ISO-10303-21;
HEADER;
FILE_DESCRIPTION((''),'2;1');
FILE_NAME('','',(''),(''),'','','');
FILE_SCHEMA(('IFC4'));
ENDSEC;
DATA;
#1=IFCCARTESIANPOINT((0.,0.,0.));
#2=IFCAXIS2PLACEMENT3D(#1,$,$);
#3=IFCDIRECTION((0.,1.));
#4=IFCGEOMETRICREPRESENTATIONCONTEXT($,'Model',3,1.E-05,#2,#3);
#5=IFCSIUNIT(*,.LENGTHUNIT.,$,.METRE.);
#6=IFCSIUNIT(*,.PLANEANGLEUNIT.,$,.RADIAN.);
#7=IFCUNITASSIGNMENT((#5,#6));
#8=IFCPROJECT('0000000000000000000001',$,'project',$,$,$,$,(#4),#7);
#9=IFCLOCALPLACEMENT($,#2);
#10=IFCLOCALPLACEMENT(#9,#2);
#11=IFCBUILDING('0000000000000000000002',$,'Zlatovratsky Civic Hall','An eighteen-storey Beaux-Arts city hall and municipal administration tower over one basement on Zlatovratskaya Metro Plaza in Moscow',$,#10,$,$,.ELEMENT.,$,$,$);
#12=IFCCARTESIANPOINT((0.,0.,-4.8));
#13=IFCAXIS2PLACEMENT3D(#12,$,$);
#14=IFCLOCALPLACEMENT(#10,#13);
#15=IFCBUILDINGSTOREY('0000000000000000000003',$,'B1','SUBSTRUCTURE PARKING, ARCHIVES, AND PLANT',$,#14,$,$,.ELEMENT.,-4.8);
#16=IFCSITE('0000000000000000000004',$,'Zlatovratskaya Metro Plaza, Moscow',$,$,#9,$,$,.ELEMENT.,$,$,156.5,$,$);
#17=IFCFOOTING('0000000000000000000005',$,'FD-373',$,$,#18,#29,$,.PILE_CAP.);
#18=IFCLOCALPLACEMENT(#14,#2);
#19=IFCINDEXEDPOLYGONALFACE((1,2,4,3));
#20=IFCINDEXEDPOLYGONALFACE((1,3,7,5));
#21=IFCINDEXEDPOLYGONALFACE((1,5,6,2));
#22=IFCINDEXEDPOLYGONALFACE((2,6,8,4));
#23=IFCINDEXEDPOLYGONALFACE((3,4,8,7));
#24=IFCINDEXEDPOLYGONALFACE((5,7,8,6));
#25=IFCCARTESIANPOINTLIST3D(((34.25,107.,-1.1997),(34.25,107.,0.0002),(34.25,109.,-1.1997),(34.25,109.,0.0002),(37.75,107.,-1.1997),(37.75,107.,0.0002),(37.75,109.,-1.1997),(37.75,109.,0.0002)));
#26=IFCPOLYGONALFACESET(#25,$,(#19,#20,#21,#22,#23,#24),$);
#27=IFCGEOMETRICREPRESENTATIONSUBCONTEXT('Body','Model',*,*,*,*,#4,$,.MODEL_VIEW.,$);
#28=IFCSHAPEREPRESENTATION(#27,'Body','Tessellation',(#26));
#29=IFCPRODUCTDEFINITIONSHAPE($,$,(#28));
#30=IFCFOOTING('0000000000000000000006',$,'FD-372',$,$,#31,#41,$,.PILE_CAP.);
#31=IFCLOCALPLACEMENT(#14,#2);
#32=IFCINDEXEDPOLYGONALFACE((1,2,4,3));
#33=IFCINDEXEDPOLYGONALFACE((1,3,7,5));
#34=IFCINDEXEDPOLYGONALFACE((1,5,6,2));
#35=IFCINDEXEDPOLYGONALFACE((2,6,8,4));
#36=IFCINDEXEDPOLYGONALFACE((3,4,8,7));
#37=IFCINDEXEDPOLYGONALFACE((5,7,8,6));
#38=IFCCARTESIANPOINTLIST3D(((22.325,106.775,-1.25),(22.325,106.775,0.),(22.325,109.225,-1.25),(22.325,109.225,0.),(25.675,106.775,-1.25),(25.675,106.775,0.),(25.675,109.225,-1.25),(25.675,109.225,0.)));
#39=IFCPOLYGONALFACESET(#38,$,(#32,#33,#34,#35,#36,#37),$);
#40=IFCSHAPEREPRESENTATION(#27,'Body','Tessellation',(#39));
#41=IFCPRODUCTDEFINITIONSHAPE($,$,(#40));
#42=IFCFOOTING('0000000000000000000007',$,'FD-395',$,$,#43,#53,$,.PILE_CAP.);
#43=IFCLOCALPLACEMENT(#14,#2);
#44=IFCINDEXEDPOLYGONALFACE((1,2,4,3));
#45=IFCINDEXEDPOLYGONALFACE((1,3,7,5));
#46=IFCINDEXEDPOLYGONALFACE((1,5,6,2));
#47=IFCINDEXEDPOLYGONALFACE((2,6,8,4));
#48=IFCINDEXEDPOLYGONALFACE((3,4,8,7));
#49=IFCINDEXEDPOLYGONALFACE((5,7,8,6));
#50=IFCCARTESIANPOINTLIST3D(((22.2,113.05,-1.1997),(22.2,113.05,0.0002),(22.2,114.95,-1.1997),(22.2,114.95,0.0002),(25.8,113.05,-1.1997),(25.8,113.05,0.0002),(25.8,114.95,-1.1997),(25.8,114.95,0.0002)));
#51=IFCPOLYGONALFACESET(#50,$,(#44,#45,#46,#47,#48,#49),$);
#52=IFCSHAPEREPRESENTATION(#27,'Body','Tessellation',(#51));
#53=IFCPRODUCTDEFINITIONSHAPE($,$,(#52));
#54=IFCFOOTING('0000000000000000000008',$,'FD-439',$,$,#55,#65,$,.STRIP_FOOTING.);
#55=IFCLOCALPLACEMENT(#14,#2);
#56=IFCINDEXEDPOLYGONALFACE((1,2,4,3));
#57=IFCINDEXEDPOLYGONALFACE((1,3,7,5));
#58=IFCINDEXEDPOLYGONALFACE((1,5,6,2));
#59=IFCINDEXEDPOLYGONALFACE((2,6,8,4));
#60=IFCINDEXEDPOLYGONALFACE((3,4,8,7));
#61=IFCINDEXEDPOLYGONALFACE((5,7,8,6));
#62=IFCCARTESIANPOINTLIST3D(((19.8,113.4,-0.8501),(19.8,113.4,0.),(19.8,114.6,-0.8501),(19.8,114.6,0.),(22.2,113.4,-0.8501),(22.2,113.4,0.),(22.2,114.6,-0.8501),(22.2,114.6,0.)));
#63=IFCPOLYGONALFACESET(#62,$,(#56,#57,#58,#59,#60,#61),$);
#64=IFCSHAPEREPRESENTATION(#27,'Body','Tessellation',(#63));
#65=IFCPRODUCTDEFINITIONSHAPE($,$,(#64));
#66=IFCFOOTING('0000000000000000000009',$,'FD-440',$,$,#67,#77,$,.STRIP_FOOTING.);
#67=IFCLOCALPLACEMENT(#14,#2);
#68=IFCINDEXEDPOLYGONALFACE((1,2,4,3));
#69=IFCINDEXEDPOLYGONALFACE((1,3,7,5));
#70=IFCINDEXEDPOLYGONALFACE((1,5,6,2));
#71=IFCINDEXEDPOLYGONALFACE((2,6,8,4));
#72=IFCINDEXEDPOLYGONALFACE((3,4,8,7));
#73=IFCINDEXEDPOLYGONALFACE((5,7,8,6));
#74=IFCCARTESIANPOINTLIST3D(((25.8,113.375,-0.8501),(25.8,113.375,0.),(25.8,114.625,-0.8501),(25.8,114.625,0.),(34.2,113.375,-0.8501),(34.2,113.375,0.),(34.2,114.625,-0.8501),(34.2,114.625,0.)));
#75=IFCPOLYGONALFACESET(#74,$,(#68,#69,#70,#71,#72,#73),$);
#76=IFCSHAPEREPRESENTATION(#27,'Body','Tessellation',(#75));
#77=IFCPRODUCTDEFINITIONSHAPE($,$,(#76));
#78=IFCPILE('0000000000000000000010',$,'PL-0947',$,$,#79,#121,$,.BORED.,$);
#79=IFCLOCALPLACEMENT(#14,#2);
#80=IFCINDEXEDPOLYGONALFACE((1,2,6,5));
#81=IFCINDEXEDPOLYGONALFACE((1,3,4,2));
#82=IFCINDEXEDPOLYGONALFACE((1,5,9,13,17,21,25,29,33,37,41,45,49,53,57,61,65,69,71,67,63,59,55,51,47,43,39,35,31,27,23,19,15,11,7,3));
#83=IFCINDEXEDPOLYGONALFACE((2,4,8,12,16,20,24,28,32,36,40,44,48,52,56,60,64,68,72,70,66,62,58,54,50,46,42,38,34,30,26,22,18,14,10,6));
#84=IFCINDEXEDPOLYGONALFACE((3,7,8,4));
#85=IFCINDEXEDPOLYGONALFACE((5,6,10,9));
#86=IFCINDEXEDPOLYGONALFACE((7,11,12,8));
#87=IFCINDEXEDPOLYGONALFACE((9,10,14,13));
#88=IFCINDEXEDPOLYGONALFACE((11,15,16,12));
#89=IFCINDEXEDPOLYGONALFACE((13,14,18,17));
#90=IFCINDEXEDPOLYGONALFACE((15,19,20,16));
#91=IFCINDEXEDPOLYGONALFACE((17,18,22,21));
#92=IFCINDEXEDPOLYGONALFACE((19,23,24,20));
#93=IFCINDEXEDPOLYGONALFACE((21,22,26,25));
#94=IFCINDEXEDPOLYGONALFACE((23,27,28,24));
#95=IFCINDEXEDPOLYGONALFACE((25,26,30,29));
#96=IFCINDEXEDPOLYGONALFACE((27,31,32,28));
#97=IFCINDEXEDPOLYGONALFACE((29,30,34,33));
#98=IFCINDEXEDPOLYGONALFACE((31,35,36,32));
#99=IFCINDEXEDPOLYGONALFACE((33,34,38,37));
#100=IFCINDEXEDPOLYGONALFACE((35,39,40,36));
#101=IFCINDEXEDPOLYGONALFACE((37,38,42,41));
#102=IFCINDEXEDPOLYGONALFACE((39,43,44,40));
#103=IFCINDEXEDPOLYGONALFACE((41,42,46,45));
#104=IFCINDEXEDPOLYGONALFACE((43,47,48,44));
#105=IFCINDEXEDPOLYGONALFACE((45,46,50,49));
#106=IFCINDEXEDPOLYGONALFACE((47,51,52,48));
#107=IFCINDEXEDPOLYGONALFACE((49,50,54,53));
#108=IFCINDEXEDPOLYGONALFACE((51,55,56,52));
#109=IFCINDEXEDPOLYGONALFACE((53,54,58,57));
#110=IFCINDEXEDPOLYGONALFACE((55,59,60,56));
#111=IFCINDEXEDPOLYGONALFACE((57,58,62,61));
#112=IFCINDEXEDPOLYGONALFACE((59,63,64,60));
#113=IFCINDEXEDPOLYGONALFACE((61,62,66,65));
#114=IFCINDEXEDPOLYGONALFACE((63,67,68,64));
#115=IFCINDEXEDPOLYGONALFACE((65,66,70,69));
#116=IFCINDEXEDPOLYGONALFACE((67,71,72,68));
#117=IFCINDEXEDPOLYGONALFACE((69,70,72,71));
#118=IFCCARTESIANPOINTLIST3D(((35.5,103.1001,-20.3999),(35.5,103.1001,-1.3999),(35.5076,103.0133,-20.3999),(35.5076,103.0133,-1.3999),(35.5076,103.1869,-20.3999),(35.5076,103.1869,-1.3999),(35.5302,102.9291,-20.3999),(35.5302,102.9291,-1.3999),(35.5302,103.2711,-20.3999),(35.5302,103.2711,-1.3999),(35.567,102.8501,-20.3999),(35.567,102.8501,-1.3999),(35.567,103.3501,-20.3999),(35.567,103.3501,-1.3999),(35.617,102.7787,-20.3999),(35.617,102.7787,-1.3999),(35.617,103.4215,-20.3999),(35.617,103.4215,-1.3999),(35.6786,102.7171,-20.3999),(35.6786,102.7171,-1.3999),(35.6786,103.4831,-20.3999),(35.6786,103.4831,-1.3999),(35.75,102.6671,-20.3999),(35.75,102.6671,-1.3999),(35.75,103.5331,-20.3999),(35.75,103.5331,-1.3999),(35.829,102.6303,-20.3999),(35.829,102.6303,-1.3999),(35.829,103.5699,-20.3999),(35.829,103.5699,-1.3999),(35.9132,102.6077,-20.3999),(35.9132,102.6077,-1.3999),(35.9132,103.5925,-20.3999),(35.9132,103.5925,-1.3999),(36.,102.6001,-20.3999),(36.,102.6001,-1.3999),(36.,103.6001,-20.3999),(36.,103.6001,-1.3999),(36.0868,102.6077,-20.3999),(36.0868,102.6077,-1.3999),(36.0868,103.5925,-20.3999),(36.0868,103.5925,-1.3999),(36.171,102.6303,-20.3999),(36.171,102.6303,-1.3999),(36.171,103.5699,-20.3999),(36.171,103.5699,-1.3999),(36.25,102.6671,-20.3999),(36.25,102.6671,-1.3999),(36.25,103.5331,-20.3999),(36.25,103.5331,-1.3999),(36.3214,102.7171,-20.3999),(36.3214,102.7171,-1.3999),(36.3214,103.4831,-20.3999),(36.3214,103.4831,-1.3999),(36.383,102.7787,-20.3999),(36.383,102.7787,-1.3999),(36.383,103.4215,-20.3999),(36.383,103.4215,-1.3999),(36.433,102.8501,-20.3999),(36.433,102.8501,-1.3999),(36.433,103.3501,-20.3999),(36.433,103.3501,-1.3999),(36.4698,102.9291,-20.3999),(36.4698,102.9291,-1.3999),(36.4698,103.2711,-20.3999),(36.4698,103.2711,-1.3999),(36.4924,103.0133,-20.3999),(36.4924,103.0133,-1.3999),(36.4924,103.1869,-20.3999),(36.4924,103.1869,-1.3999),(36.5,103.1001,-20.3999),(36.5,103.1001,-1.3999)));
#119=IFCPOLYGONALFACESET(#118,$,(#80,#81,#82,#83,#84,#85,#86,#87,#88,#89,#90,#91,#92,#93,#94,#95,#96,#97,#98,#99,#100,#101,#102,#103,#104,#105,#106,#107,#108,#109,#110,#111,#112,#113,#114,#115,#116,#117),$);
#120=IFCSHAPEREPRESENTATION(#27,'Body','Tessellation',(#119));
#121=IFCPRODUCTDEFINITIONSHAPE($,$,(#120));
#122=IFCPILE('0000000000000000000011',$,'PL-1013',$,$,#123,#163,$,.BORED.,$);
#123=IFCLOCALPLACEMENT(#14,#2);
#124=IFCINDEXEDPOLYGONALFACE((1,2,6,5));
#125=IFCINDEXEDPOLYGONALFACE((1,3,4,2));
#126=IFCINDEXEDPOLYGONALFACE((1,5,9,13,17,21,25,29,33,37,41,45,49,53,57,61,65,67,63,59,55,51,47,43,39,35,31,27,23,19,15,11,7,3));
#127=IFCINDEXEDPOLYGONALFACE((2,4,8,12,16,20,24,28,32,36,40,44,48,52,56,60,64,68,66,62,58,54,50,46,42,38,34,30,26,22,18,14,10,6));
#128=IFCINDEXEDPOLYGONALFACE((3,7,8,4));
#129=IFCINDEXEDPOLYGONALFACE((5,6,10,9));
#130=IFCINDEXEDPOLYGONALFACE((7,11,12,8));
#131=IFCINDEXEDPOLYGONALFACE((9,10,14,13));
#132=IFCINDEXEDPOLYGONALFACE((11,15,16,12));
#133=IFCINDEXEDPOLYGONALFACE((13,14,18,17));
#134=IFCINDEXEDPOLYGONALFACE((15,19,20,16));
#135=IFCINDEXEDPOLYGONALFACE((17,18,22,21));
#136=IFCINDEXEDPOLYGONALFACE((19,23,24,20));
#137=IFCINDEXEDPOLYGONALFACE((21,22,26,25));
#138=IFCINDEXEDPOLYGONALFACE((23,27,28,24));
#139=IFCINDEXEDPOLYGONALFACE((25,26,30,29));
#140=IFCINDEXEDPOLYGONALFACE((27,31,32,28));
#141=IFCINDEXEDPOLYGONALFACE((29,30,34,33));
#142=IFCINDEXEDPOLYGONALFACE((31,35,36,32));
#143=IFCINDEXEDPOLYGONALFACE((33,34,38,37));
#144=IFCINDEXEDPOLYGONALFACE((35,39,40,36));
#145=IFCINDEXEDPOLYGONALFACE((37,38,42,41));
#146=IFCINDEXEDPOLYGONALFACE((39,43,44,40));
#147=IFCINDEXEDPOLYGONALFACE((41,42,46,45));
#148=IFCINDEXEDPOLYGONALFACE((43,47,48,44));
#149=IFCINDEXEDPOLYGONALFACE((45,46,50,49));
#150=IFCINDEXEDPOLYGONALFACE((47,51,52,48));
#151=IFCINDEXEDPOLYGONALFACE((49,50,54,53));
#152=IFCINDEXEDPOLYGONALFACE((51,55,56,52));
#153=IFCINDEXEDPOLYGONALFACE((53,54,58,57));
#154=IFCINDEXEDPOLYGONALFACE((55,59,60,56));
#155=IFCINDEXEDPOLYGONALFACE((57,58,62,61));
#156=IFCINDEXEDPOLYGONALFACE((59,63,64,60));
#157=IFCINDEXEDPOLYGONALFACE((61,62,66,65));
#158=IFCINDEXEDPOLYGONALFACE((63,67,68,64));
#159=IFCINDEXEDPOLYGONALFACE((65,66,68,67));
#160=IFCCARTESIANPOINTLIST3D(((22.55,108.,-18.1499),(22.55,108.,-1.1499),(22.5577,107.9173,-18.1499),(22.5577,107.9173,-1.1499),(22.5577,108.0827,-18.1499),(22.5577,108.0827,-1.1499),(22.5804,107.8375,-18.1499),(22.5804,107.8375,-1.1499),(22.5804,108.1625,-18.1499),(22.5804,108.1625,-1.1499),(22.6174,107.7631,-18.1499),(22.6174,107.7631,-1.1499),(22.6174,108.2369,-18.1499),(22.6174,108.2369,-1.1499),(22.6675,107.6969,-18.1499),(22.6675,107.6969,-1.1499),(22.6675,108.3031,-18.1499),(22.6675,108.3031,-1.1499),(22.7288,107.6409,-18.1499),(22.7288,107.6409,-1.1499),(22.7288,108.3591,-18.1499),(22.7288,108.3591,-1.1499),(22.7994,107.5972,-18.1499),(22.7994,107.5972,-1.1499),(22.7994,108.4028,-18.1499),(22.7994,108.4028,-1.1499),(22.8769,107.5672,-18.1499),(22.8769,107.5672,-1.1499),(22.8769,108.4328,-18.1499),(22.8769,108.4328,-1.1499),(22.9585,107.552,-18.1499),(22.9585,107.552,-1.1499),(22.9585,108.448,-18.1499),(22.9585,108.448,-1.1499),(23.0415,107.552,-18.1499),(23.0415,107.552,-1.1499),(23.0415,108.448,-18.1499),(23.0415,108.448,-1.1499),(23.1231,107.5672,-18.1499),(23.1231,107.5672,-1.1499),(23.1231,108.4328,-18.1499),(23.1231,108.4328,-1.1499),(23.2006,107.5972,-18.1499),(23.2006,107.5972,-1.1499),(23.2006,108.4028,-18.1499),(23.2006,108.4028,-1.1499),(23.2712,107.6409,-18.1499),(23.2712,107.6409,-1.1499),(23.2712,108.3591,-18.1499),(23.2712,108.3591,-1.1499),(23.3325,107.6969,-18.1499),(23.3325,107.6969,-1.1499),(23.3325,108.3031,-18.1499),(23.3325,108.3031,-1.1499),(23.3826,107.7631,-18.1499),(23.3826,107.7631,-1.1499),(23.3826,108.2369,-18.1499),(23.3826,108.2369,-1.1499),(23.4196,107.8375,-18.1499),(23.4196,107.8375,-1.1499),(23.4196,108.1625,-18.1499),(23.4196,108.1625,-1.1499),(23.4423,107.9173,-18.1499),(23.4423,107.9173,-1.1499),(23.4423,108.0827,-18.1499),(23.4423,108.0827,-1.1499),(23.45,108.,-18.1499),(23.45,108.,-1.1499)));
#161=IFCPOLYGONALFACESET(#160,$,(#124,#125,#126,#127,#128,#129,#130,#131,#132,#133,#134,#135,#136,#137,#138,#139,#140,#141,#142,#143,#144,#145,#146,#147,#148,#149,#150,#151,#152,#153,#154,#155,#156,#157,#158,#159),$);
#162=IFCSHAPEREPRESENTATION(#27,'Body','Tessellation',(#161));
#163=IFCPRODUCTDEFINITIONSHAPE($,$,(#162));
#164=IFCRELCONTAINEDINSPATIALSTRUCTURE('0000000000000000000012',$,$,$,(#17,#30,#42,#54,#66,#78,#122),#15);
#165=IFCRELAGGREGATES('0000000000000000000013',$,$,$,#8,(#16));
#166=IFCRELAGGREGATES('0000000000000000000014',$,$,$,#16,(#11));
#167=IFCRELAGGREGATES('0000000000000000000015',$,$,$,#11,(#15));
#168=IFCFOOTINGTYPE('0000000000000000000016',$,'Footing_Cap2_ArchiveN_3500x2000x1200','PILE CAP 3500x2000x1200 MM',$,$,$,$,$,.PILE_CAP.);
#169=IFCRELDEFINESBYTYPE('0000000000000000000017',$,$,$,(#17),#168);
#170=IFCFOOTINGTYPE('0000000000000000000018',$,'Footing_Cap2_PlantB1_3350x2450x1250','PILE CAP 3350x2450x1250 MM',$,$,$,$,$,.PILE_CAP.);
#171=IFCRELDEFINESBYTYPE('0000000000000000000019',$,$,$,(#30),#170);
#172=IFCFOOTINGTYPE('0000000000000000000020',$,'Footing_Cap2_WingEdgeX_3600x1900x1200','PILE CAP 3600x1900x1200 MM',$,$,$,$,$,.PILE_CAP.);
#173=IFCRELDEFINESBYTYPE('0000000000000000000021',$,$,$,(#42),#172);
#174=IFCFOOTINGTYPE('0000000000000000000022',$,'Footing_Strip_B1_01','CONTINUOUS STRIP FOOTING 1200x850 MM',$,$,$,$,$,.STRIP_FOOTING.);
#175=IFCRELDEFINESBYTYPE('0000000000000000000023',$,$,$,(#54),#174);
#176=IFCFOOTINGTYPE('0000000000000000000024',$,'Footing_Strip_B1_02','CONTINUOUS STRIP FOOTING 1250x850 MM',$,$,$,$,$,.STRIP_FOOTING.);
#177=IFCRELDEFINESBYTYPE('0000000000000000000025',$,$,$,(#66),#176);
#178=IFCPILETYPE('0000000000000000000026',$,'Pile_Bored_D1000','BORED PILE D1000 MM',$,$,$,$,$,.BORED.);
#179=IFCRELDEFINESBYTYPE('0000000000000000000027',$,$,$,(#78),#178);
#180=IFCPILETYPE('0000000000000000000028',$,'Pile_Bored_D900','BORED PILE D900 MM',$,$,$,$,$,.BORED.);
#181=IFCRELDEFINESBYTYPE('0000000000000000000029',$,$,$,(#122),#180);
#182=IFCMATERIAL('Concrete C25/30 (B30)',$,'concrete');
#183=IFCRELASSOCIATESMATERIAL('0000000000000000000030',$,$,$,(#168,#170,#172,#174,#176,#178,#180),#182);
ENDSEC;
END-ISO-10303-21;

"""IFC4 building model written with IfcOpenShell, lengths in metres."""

from ifc_helpers import new_model, si_unit, direction, frame, origin, origin_2d, place, context, subcontext, project, spatial, rectangle, circle, extrude, material, material_profile, profile_set, type_object, element, save


model = new_model("IFC4")

# Units and contexts
model_context = context("Model", 3, precision=1e-05, world=origin(), true_north=direction((0.0, 1.0)))
body_context = subcontext(model_context, "Body", "Model", "MODEL_VIEW")
ifc_project = project(units=[si_unit("LENGTHUNIT", "METRE"), si_unit("PLANEANGLEUNIT", "RADIAN")], contexts=[model_context])

# Site, building, storey
site_placement = place(None, origin())
site = spatial("IfcSite", under=ifc_project, at=site_placement, Name="Zlatovratskaya Metro Plaza, Moscow", CompositionType="ELEMENT", RefElevation=156.5)
building_placement = place(site_placement, origin())
building = spatial("IfcBuilding", under=site, at=building_placement, Name="Zlatovratsky Civic Hall", Description="An eighteen-storey Beaux-Arts city hall and municipal administration tower over one basement on Zlatovratskaya Metro Plaza in Moscow", CompositionType="ELEMENT")
storey_placement = place(building_placement, frame((0.0, 0.0, -4.8)))
storey = spatial("IfcBuildingStorey", under=building, at=storey_placement, Name="B1", Description="SUBSTRUCTURE PARKING, ARCHIVES, AND PLANT", CompositionType="ELEMENT", Elevation=-4.8)

# Footings
ifc_material_1 = material(Name="Concrete C25/30 (B30)", Category="concrete")
footing_type_1 = type_object("IfcFootingType", Name="Footing_Cap2_ArchiveN_3500x2000x1200", Description="PILE CAP 3500x2000x1200 MM", PredefinedType="PILE_CAP", material=ifc_material_1)
footing_1_placement = place(storey_placement, frame((36.0, 108.0, -1.1997), z_axis=(0.0, 0.0, 1.0), x_axis=(1.0, 0.0, 0.0)))
element("IfcFooting", 1, at=footing_1_placement, inside=storey, type_object=footing_type_1, Name="FD-373", PredefinedType="PILE_CAP", context=body_context, shape_type="SweptSolid", body=[
    extrude(rectangle(XDim=3.5, YDim=2.0, at=origin_2d()), origin(), (0.0, 0.0, 1.0), 1.2),
])
footing_type_2 = type_object("IfcFootingType", Name="Footing_Cap2_PlantB1_3350x2450x1250", Description="PILE CAP 3350x2450x1250 MM", PredefinedType="PILE_CAP", material=ifc_material_1)
footing_2_placement = place(storey_placement, frame((24.0, 108.0, -1.25), z_axis=(0.0, 0.0, 1.0), x_axis=(1.0, 0.0, 0.0)))
element("IfcFooting", 2, at=footing_2_placement, inside=storey, type_object=footing_type_2, Name="FD-372", PredefinedType="PILE_CAP", context=body_context, shape_type="SweptSolid", body=[
    extrude(rectangle(XDim=3.3501, YDim=2.45, at=origin_2d()), origin(), (0.0, 0.0, 1.0), 1.25),
])
footing_type_3 = type_object("IfcFootingType", Name="Footing_Cap2_WingEdgeX_3600x1900x1200", Description="PILE CAP 3600x1900x1200 MM", PredefinedType="PILE_CAP", material=ifc_material_1)
footing_3_placement = place(storey_placement, frame((24.0, 114.0, -1.1997), z_axis=(0.0, 0.0, 1.0), x_axis=(1.0, 0.0, 0.0)))
element("IfcFooting", 3, at=footing_3_placement, inside=storey, type_object=footing_type_3, Name="FD-395", PredefinedType="PILE_CAP", context=body_context, shape_type="SweptSolid", body=[
    extrude(rectangle(XDim=3.6001, YDim=1.8999, at=origin_2d()), origin(), (0.0, 0.0, 1.0), 1.2),
])
footing_type_4 = type_object("IfcFootingType", Name="Footing_Strip_B1_01", Description="CONTINUOUS STRIP FOOTING 1200x850 MM", PredefinedType="STRIP_FOOTING", material=ifc_material_1)
footing_4_placement = place(storey_placement, frame((21.0, 114.0, -0.8501), z_axis=(0.0, 0.0, 1.0), x_axis=(1.0, 0.0, 0.0)))
element("IfcFooting", 4, at=footing_4_placement, inside=storey, type_object=footing_type_4, Name="FD-439", PredefinedType="STRIP_FOOTING", context=body_context, shape_type="SweptSolid", body=[
    extrude(rectangle(XDim=2.3999, YDim=1.2, at=origin_2d()), origin(), (0.0, 0.0, 1.0), 0.8501),
])
footing_type_5 = type_object("IfcFootingType", Name="Footing_Strip_B1_02", Description="CONTINUOUS STRIP FOOTING 1250x850 MM", PredefinedType="STRIP_FOOTING", material=ifc_material_1)
footing_5_placement = place(storey_placement, frame((30.0, 114.0, -0.8501), z_axis=(0.0, 0.0, 1.0), x_axis=(1.0, 0.0, 0.0)))
element("IfcFooting", 5, at=footing_5_placement, inside=storey, type_object=footing_type_5, Name="FD-440", PredefinedType="STRIP_FOOTING", context=body_context, shape_type="SweptSolid", body=[
    extrude(rectangle(XDim=8.3999, YDim=1.25, at=origin_2d()), origin(), (0.0, 0.0, 1.0), 0.8501),
])

# Piles
ifc_material_profile_1 = material_profile(ifc_material_1, circle(Radius=0.5, at=origin_2d()), Name="PILE D1000")
ifc_profile_set_1 = profile_set([ifc_material_profile_1], Name="Concrete C25/30 (B30)")
pile_type_1 = type_object("IfcPileType", Name="Pile_Bored_D1000", Description="BORED PILE D1000 MM", PredefinedType="BORED", material=ifc_profile_set_1)
pile_placement = place(storey_placement, frame((36.0, 103.1001, -1.3999), z_axis=(0.0, 0.0, -1.0), x_axis=(1.0, 0.0, 0.0)))
element("IfcPile", 6, at=pile_placement, inside=storey, type_object=pile_type_1, Name="PL-0947", PredefinedType="BORED", context=body_context, shape_type="SweptSolid", body=[
    extrude(circle(Radius=0.5, at=origin_2d()), origin(), (0.0, 0.0, 1.0), 19.0),
])
ifc_material_profile_2 = material_profile(ifc_material_1, circle(Radius=0.45, at=origin_2d()), Name="PILE D900")
ifc_profile_set_2 = profile_set([ifc_material_profile_2], Name="Concrete C25/30 (B30)")
pile_type_2 = type_object("IfcPileType", Name="Pile_Bored_D900", Description="BORED PILE D900 MM", PredefinedType="BORED", material=ifc_profile_set_2)
for number, where, z_axis, x_axis, name in (
    (7, (23.0, 108.0, -1.1499), (0.0, 0.0, -1.0), (1.0, 0.0, 0.0), "PL-1013"),
):
    element("IfcPile", number, at=place(storey_placement, frame(where, z_axis=z_axis, x_axis=x_axis)), inside=storey, type_object=pile_type_2, Name=name, PredefinedType="BORED", context=body_context, shape_type="SweptSolid", body=[
        extrude(circle(Radius=0.45, at=origin_2d()), origin(), (0.0, 0.0, 1.0), 17.0),
    ])

save(model, "model.ifc")
